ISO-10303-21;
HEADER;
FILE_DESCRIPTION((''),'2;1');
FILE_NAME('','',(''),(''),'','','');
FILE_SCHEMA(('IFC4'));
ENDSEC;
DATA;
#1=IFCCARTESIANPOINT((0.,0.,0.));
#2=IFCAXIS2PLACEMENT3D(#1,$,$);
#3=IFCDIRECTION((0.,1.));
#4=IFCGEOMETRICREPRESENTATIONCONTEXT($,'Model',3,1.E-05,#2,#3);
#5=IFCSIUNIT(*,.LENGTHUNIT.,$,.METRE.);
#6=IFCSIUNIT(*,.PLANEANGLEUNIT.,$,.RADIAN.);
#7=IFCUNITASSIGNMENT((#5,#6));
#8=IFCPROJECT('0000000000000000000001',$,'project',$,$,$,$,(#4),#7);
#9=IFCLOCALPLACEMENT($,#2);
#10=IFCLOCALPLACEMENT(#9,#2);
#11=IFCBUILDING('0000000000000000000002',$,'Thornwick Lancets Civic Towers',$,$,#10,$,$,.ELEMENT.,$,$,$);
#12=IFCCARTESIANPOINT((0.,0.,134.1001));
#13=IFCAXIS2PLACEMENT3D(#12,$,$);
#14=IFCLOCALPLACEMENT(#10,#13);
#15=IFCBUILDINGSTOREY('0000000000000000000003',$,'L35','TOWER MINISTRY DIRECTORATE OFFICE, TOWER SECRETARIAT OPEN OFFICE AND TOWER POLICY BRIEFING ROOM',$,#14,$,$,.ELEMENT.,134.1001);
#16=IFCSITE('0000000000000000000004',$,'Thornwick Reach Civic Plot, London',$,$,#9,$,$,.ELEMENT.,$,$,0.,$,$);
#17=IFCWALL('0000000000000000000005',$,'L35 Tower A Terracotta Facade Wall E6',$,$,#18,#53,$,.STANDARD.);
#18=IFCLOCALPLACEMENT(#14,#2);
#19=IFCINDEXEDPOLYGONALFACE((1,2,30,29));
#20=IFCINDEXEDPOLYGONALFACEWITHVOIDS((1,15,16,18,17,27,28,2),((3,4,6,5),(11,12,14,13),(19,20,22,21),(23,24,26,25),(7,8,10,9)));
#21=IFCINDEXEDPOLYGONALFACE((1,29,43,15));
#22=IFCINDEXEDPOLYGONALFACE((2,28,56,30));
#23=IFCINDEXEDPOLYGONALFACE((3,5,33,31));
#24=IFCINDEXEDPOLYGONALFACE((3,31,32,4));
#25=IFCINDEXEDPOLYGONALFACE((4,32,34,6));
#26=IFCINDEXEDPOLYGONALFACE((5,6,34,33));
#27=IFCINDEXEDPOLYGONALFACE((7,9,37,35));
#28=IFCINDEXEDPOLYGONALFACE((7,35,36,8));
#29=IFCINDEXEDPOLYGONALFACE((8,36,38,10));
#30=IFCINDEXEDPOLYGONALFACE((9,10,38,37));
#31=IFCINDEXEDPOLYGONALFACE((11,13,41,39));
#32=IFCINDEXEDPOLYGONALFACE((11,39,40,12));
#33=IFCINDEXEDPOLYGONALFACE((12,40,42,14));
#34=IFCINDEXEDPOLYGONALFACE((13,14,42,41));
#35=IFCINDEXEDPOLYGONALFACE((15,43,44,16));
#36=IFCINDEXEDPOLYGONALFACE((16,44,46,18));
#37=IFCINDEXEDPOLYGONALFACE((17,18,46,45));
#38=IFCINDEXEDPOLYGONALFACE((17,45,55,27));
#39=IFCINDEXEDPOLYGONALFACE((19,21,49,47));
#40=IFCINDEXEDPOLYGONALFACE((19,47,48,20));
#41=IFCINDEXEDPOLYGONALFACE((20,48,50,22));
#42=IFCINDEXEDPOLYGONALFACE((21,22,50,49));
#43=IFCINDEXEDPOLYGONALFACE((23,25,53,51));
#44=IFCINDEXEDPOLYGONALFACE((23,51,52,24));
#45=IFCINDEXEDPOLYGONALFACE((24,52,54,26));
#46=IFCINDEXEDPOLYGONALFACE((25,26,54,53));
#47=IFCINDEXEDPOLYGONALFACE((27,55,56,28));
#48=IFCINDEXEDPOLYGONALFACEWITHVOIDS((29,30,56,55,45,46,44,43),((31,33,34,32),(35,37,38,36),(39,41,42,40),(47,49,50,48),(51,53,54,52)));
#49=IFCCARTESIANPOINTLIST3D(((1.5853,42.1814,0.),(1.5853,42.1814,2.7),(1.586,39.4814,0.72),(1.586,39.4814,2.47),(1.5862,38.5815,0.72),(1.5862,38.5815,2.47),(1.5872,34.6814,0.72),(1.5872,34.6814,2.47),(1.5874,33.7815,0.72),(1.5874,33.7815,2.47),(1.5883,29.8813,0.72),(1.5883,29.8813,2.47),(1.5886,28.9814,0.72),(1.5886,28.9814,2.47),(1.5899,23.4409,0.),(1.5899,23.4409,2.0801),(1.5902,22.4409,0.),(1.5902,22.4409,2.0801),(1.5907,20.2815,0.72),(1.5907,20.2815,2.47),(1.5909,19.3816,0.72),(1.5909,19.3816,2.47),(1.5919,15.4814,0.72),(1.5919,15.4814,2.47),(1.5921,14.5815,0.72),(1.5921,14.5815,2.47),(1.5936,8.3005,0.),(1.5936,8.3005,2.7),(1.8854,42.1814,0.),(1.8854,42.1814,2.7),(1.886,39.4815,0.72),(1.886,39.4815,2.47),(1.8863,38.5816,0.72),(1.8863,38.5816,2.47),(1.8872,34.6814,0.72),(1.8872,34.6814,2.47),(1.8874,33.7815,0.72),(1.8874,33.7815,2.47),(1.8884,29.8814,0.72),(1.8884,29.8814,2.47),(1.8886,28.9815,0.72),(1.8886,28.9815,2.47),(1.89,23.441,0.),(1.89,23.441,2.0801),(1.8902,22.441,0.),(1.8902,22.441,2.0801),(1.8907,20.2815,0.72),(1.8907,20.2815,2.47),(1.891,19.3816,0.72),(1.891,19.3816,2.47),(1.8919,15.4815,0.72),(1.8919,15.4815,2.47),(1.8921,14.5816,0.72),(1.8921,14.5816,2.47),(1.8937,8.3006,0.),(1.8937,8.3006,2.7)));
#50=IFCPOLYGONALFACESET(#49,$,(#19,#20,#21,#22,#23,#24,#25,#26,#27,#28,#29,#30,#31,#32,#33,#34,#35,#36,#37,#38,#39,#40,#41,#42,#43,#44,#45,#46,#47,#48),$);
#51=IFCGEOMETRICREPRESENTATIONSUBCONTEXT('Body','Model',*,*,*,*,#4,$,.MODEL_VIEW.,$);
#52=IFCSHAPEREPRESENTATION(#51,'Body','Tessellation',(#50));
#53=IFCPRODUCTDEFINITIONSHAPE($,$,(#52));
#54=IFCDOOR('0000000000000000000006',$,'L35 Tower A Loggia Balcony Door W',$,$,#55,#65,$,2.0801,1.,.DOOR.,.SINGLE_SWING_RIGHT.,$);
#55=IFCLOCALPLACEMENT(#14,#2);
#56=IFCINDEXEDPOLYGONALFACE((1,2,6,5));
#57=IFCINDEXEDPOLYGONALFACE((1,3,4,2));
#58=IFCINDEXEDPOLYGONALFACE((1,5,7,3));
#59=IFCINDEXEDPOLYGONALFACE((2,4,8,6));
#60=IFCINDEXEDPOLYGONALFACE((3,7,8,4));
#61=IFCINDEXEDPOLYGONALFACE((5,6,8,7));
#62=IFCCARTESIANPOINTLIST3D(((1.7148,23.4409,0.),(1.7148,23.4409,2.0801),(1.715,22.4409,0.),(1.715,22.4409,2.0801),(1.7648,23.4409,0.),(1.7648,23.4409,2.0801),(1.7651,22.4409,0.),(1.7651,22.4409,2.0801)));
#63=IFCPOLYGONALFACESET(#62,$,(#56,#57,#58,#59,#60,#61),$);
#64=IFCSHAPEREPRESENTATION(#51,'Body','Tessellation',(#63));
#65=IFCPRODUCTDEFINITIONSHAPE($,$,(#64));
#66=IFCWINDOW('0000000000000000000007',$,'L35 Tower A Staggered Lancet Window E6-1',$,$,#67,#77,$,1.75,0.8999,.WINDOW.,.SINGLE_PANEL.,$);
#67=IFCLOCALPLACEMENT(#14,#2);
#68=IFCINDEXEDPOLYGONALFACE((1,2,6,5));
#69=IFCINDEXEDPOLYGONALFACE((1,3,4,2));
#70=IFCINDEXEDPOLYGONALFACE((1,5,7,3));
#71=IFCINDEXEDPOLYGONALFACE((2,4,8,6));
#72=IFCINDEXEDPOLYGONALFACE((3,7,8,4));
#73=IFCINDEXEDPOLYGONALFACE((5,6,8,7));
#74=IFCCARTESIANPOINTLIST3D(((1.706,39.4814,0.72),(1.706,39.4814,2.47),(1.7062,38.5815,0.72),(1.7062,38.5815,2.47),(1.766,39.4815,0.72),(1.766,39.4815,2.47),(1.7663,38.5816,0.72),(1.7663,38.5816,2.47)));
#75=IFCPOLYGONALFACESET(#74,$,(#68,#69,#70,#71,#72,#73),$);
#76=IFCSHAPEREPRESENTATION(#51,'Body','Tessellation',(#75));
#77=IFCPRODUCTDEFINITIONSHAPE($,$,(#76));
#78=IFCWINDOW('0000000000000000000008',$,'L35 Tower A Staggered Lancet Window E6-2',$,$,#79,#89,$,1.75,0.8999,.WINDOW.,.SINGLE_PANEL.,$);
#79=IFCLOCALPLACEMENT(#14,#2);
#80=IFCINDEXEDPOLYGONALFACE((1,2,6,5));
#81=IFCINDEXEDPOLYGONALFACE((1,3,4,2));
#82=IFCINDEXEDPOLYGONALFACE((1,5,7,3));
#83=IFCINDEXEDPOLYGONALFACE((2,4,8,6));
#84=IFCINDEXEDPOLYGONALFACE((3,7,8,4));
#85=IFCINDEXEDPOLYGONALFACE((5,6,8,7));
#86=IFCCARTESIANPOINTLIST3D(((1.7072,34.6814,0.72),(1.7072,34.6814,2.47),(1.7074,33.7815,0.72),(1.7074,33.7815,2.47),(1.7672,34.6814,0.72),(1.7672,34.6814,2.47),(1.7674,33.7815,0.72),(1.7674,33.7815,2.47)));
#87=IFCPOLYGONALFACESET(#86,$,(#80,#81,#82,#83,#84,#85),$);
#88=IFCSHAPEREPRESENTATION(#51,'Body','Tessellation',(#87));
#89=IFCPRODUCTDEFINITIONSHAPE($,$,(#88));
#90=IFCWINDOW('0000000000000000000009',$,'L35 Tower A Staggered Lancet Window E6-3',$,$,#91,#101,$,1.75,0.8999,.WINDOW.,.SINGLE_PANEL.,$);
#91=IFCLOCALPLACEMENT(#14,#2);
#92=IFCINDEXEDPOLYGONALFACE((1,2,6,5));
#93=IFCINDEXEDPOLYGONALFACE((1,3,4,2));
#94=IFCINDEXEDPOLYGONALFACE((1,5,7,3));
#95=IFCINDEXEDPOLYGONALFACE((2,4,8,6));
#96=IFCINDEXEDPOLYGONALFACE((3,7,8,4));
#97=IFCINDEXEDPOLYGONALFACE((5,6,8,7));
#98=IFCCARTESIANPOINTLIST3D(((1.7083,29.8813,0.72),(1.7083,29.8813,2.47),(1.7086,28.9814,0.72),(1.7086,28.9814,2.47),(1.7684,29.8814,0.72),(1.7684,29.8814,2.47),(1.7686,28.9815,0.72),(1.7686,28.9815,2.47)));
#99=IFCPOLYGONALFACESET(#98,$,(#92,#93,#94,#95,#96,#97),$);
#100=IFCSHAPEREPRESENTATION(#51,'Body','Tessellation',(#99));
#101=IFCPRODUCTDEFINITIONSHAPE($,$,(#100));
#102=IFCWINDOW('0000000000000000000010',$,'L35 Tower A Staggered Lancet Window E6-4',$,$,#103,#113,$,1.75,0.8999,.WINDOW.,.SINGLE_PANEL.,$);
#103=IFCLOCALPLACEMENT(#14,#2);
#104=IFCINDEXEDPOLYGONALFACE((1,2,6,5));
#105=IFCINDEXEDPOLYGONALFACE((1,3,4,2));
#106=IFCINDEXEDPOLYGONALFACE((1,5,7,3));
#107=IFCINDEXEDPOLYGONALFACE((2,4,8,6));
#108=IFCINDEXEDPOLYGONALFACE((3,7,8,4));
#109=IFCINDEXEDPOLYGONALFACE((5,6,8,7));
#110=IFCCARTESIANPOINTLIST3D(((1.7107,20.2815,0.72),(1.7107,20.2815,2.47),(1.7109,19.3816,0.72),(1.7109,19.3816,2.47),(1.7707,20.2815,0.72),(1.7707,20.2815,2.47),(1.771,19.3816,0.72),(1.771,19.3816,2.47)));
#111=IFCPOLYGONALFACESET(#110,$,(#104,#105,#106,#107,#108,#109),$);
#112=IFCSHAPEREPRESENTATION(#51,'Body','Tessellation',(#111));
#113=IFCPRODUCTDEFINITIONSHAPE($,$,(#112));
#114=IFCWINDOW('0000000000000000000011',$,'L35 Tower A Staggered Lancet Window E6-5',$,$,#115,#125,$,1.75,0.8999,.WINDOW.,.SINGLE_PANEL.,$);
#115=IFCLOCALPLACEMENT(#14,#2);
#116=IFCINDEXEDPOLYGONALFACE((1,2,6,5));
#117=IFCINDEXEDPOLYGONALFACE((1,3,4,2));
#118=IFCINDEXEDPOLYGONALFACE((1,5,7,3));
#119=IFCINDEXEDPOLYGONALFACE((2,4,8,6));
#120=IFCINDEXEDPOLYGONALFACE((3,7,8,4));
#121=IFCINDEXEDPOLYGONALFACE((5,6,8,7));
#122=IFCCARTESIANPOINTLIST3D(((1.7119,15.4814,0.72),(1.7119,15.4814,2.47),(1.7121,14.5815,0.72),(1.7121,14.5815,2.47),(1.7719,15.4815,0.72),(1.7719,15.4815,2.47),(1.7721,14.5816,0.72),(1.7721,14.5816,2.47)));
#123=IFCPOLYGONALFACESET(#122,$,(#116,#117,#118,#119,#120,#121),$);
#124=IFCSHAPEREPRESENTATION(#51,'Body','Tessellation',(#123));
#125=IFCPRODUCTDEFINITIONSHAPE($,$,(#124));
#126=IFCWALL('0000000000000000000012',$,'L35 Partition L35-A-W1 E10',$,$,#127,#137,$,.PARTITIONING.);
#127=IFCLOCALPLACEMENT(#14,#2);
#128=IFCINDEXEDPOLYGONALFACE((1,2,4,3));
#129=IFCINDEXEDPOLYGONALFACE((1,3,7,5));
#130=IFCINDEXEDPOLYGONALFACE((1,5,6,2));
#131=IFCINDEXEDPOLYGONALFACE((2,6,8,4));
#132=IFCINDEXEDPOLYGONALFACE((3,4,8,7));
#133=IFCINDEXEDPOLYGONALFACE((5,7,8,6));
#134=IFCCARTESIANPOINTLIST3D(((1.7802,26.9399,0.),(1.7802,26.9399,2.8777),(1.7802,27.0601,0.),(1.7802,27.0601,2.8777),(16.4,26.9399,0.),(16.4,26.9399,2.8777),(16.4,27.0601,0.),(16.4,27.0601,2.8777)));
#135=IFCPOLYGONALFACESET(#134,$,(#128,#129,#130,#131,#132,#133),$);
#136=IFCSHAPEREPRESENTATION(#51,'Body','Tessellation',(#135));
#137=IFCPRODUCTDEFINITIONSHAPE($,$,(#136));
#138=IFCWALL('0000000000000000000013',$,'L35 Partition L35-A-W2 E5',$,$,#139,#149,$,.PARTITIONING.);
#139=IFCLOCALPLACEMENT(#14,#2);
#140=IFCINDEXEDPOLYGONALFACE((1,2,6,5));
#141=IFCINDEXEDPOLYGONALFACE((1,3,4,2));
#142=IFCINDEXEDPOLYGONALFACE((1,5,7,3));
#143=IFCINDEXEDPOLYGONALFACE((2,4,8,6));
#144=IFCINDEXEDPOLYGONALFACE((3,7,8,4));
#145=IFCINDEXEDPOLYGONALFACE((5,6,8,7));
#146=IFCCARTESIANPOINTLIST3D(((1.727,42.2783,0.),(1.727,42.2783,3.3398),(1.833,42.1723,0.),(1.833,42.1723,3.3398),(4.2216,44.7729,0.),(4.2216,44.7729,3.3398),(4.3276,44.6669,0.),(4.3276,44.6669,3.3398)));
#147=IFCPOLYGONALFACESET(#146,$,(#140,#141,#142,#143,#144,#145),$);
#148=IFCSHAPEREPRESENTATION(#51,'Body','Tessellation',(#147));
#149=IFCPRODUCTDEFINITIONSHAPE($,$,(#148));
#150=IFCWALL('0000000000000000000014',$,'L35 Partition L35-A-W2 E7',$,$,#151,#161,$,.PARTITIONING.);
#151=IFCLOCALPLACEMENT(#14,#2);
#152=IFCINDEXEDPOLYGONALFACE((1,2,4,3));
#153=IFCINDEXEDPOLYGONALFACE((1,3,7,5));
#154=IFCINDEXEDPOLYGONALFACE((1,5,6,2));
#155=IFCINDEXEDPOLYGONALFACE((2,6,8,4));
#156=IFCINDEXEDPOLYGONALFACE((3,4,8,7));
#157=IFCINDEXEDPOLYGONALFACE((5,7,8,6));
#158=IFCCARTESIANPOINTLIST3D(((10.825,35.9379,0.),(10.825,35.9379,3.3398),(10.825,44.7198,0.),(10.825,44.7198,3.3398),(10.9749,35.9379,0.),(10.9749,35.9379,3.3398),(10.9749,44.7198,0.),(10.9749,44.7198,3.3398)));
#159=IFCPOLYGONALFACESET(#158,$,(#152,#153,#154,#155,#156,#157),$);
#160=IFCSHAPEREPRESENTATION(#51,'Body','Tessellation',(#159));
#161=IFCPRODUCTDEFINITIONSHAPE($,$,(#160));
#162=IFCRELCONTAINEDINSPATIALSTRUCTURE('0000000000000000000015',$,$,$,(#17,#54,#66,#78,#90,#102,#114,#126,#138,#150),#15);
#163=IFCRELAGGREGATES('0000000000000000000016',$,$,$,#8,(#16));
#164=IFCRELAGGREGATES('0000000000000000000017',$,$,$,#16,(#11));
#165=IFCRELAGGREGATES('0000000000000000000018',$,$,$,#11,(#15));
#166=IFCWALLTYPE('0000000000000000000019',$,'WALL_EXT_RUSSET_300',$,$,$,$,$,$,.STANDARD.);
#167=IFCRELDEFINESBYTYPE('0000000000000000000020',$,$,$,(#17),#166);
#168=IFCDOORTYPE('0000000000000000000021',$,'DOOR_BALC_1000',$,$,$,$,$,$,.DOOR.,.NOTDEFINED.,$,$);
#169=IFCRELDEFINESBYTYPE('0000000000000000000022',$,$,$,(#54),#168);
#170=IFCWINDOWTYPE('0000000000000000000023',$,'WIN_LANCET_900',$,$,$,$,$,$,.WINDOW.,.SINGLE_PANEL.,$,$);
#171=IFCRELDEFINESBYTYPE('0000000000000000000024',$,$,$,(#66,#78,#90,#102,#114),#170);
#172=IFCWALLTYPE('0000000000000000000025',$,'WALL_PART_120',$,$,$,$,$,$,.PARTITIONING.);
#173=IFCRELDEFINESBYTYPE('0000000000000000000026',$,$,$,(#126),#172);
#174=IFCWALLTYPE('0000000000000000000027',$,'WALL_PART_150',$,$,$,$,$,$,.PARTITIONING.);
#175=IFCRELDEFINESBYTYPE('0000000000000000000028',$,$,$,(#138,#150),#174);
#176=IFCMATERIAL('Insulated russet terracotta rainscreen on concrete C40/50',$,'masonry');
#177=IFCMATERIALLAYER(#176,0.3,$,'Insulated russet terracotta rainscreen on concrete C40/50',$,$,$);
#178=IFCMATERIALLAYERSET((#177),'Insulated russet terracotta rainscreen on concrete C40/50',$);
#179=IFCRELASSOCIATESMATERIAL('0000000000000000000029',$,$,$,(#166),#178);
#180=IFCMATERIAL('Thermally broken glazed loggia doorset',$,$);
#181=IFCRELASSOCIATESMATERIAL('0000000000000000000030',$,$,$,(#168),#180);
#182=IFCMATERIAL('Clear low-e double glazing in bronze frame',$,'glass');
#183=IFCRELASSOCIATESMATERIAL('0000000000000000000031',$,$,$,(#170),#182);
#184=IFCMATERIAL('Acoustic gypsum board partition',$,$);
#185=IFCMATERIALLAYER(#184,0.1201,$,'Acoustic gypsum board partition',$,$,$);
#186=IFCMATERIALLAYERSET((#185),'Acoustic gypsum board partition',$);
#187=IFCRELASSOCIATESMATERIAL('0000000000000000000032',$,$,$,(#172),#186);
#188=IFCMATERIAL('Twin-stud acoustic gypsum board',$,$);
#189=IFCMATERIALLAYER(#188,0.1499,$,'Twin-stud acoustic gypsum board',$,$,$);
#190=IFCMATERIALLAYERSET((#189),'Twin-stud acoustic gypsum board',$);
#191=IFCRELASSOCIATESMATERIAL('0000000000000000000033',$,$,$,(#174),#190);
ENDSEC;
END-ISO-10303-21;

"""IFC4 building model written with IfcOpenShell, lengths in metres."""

from ifc_helpers import new_model, si_unit, direction, frame, frame_2d, origin, place, context, subcontext, project, spatial, rectangle, extrude, material, layer, layer_set, type_object, element, fill, save


model = new_model("IFC4")

# Units and contexts
model_context = context("Model", 3, precision=1e-05, world=origin(), true_north=direction((0.0, 1.0)))
body_context = subcontext(model_context, "Body", "Model", "MODEL_VIEW")
ifc_project = project(units=[si_unit("LENGTHUNIT", "METRE"), si_unit("PLANEANGLEUNIT", "RADIAN")], contexts=[model_context])

# Site, building, storey
site_placement = place(None, origin())
site = spatial("IfcSite", under=ifc_project, at=site_placement, Name="Thornwick Reach Civic Plot, London", CompositionType="ELEMENT", RefElevation=0.0)
building_placement = place(site_placement, origin())
building = spatial("IfcBuilding", under=site, at=building_placement, Name="Thornwick Lancets Civic Towers", CompositionType="ELEMENT")
storey_placement = place(building_placement, frame((0.0, 0.0, 134.1001)))
storey = spatial("IfcBuildingStorey", under=building, at=storey_placement, Name="L35", Description="TOWER MINISTRY DIRECTORATE OFFICE, TOWER SECRETARIAT OPEN OFFICE AND TOWER POLICY BRIEFING ROOM", CompositionType="ELEMENT", Elevation=134.1001)

# Wall, openings, door, windows
ifc_material_1 = material(Name="Insulated russet terracotta rainscreen on concrete C40/50", Category="masonry")
ifc_layer_1 = layer(ifc_material_1, 0.3, Name="Insulated russet terracotta rainscreen on concrete C40/50")
ifc_layer_set_1 = layer_set([ifc_layer_1], Name="Insulated russet terracotta rainscreen on concrete C40/50")
wall_type_1 = type_object("IfcWallType", Name="WALL_EXT_RUSSET_300", PredefinedType="STANDARD", material=ifc_layer_set_1)
wall_1_placement = place(storey_placement, frame((1.7354, 42.1814, 0.0), z_axis=(0.0, 0.0, 1.0), x_axis=(0.000245, -1.0, 0.0)))
wall_1 = element("IfcWall", 1, at=wall_1_placement, inside=storey, type_object=wall_type_1, Name="L35 Tower A Terracotta Facade Wall E6", PredefinedType="STANDARD", context=body_context, shape_type="SweptSolid", body=[
    extrude(rectangle(XDim=33.8809, YDim=0.3, at=frame_2d((16.9404, 0.0))), origin(), (0.0, 0.0, 1.0), 2.7),
])
opening_1_placement = place(wall_1_placement, frame((18.7405, 0.0, 0.0)))
opening_1 = element("IfcOpeningElement", 2, at=opening_1_placement, cuts=wall_1, PredefinedType="OPENING", context=body_context, shape_type="SweptSolid", body=[
    extrude(rectangle(XDim=1.0, YDim=2.0801, at=frame_2d((0.5, 1.04))), frame((0.0, 0.1602, 0.0), z_axis=(0.0, -1.0, 0.0), x_axis=(1.0, 0.0, 0.0)), (0.0, 0.0, 1.0), 0.3201),
])
opening_2_placement = place(wall_1_placement, frame((2.7, 0.0, 0.72)))
opening_2 = element("IfcOpeningElement", 3, at=opening_2_placement, cuts=wall_1, PredefinedType="OPENING", context=body_context, shape_type="SweptSolid", body=[
    extrude(rectangle(XDim=0.8999, YDim=1.75, at=frame_2d((0.45, 0.875))), frame((0.0, 0.1602, 0.0), z_axis=(0.0, -1.0, 0.0), x_axis=(1.0, 0.0, 0.0)), (0.0, 0.0, 1.0), 0.3201),
])
opening_3_placement = place(wall_1_placement, frame((7.5, 0.0, 0.72)))
opening_3 = element("IfcOpeningElement", 4, at=opening_3_placement, cuts=wall_1, PredefinedType="OPENING", context=body_context, shape_type="SweptSolid", body=[
    extrude(rectangle(XDim=0.8999, YDim=1.75, at=frame_2d((0.45, 0.875))), frame((0.0, 0.1602, 0.0), z_axis=(0.0, -1.0, 0.0), x_axis=(1.0, 0.0, 0.0)), (0.0, 0.0, 1.0), 0.3201),
])
opening_4_placement = place(wall_1_placement, frame((12.3, 0.0, 0.72)))
opening_4 = element("IfcOpeningElement", 5, at=opening_4_placement, cuts=wall_1, PredefinedType="OPENING", context=body_context, shape_type="SweptSolid", body=[
    extrude(rectangle(XDim=0.8999, YDim=1.75, at=frame_2d((0.45, 0.875))), frame((0.0, 0.1602, 0.0), z_axis=(0.0, -1.0, 0.0), x_axis=(1.0, 0.0, 0.0)), (0.0, 0.0, 1.0), 0.3201),
])
opening_5_placement = place(wall_1_placement, frame((21.8999, 0.0, 0.72)))
opening_5 = element("IfcOpeningElement", 6, at=opening_5_placement, cuts=wall_1, PredefinedType="OPENING", context=body_context, shape_type="SweptSolid", body=[
    extrude(rectangle(XDim=0.8999, YDim=1.75, at=frame_2d((0.45, 0.875))), frame((0.0, 0.1602, 0.0), z_axis=(0.0, -1.0, 0.0), x_axis=(1.0, 0.0, 0.0)), (0.0, 0.0, 1.0), 0.3201),
])
opening_6_placement = place(wall_1_placement, frame((26.7, 0.0, 0.72)))
opening_6 = element("IfcOpeningElement", 7, at=opening_6_placement, cuts=wall_1, PredefinedType="OPENING", context=body_context, shape_type="SweptSolid", body=[
    extrude(rectangle(XDim=0.8999, YDim=1.75, at=frame_2d((0.45, 0.875))), frame((0.0, 0.1602, 0.0), z_axis=(0.0, -1.0, 0.0), x_axis=(1.0, 0.0, 0.0)), (0.0, 0.0, 1.0), 0.3201),
])
ifc_material_2 = material(Name="Thermally broken glazed loggia doorset")
door_type = type_object("IfcDoorType", Name="DOOR_BALC_1000", OperationType="NOTDEFINED", PredefinedType="DOOR", material=ifc_material_2)
door_placement = place(opening_1_placement, origin())
door = element("IfcDoor", 8, at=door_placement, inside=storey, type_object=door_type, Name="L35 Tower A Loggia Balcony Door W", OperationType="SINGLE_SWING_RIGHT", OverallHeight=2.0801, OverallWidth=1.0, PredefinedType="DOOR", context=body_context, shape_type="SweptSolid", body=[
    extrude(rectangle(XDim=1.0, YDim=2.0801, at=frame_2d((0.5, 1.04))), frame((0.0, 0.0249, 0.0), z_axis=(0.0, -1.0, 0.0), x_axis=(1.0, 0.0, 0.0)), (0.0, 0.0, 1.0), 0.05),
])
fill(opening_1, door)
ifc_material_3 = material(Name="Clear low-e double glazing in bronze frame", Category="glass")
window_type = type_object("IfcWindowType", Name="WIN_LANCET_900", PartitioningType="SINGLE_PANEL", PredefinedType="WINDOW", material=ifc_material_3)
window_1_placement = place(opening_2_placement, origin())
window_1 = element("IfcWindow", 9, at=window_1_placement, inside=storey, type_object=window_type, Name="L35 Tower A Staggered Lancet Window E6-1", OverallHeight=1.75, OverallWidth=0.8999, PartitioningType="SINGLE_PANEL", PredefinedType="WINDOW", context=body_context, shape_type="SweptSolid", body=[
    extrude(rectangle(XDim=0.8999, YDim=1.75, at=frame_2d((0.45, 0.875))), frame((0.0, 0.03, 0.0), z_axis=(0.0, -1.0, 0.0), x_axis=(1.0, 0.0, 0.0)), (0.0, 0.0, 1.0), 0.0601),
])
fill(opening_2, window_1)
window_2_placement = place(opening_3_placement, origin())
window_2 = element("IfcWindow", 10, at=window_2_placement, inside=storey, type_object=window_type, Name="L35 Tower A Staggered Lancet Window E6-2", OverallHeight=1.75, OverallWidth=0.8999, PartitioningType="SINGLE_PANEL", PredefinedType="WINDOW", context=body_context, shape_type="SweptSolid", body=[
    extrude(rectangle(XDim=0.8999, YDim=1.75, at=frame_2d((0.45, 0.875))), frame((0.0, 0.03, 0.0), z_axis=(0.0, -1.0, 0.0), x_axis=(1.0, 0.0, 0.0)), (0.0, 0.0, 1.0), 0.0601),
])
fill(opening_3, window_2)
window_3_placement = place(opening_4_placement, origin())
window_3 = element("IfcWindow", 11, at=window_3_placement, inside=storey, type_object=window_type, Name="L35 Tower A Staggered Lancet Window E6-3", OverallHeight=1.75, OverallWidth=0.8999, PartitioningType="SINGLE_PANEL", PredefinedType="WINDOW", context=body_context, shape_type="SweptSolid", body=[
    extrude(rectangle(XDim=0.8999, YDim=1.75, at=frame_2d((0.45, 0.875))), frame((0.0, 0.03, 0.0), z_axis=(0.0, -1.0, 0.0), x_axis=(1.0, 0.0, 0.0)), (0.0, 0.0, 1.0), 0.0601),
])
fill(opening_4, window_3)
window_4_placement = place(opening_5_placement, origin())
window_4 = element("IfcWindow", 12, at=window_4_placement, inside=storey, type_object=window_type, Name="L35 Tower A Staggered Lancet Window E6-4", OverallHeight=1.75, OverallWidth=0.8999, PartitioningType="SINGLE_PANEL", PredefinedType="WINDOW", context=body_context, shape_type="SweptSolid", body=[
    extrude(rectangle(XDim=0.8999, YDim=1.75, at=frame_2d((0.45, 0.875))), frame((0.0, 0.03, 0.0), z_axis=(0.0, -1.0, 0.0), x_axis=(1.0, 0.0, 0.0)), (0.0, 0.0, 1.0), 0.0601),
])
fill(opening_5, window_4)
window_5_placement = place(opening_6_placement, origin())
window_5 = element("IfcWindow", 13, at=window_5_placement, inside=storey, type_object=window_type, Name="L35 Tower A Staggered Lancet Window E6-5", OverallHeight=1.75, OverallWidth=0.8999, PartitioningType="SINGLE_PANEL", PredefinedType="WINDOW", context=body_context, shape_type="SweptSolid", body=[
    extrude(rectangle(XDim=0.8999, YDim=1.75, at=frame_2d((0.45, 0.875))), frame((0.0, 0.03, 0.0), z_axis=(0.0, -1.0, 0.0), x_axis=(1.0, 0.0, 0.0)), (0.0, 0.0, 1.0), 0.0601),
])
fill(opening_6, window_5)

# Walls
ifc_material_4 = material(Name="Acoustic gypsum board partition")
ifc_layer_2 = layer(ifc_material_4, 0.1201, Name="Acoustic gypsum board partition")
ifc_layer_set_2 = layer_set([ifc_layer_2], Name="Acoustic gypsum board partition")
wall_type_2 = type_object("IfcWallType", Name="WALL_PART_120", PredefinedType="PARTITIONING", material=ifc_layer_set_2)
wall_2_placement = place(storey_placement, frame((1.78, 27.0, 0.0), z_axis=(0.0, 0.0, 1.0), x_axis=(1.0, 0.0, 0.0)))
element("IfcWall", 14, at=wall_2_placement, inside=storey, type_object=wall_type_2, Name="L35 Partition L35-A-W1 E10", PredefinedType="PARTITIONING", context=body_context, shape_type="SweptSolid", body=[
    extrude(rectangle(XDim=14.6199, YDim=0.1201, at=frame_2d((7.3101, 0.0))), origin(), (0.0, 0.0, 1.0), 2.8777),
])
ifc_material_5 = material(Name="Twin-stud acoustic gypsum board")
ifc_layer_3 = layer(ifc_material_5, 0.1499, Name="Twin-stud acoustic gypsum board")
ifc_layer_set_3 = layer_set([ifc_layer_3], Name="Twin-stud acoustic gypsum board")
wall_type_3 = type_object("IfcWallType", Name="WALL_PART_150", PredefinedType="PARTITIONING", material=ifc_layer_set_3)
wall_3_placement = place(storey_placement, frame((1.78, 42.2253, 0.0), z_axis=(0.0, 0.0, 1.0), x_axis=(0.707107, 0.707107, 0.0)))
element("IfcWall", 15, at=wall_3_placement, inside=storey, type_object=wall_type_3, Name="L35 Partition L35-A-W2 E5", PredefinedType="PARTITIONING", context=body_context, shape_type="SweptSolid", body=[
    extrude(rectangle(XDim=3.5278, YDim=0.1499, at=frame_2d((1.7639, 0.0))), origin(), (0.0, 0.0, 1.0), 3.3398),
])
wall_4_placement = place(storey_placement, frame((10.8999, 44.72, 0.0), z_axis=(0.0, 0.0, 1.0), x_axis=(0.0, -1.0, 0.0)))
element("IfcWall", 16, at=wall_4_placement, inside=storey, type_object=wall_type_3, Name="L35 Partition L35-A-W2 E7", PredefinedType="PARTITIONING", context=body_context, shape_type="SweptSolid", body=[
    extrude(rectangle(XDim=8.782, YDim=0.1499, at=frame_2d((4.3911, 0.0))), origin(), (0.0, 0.0, 1.0), 3.3398),
])

save(model, "model.ifc")
